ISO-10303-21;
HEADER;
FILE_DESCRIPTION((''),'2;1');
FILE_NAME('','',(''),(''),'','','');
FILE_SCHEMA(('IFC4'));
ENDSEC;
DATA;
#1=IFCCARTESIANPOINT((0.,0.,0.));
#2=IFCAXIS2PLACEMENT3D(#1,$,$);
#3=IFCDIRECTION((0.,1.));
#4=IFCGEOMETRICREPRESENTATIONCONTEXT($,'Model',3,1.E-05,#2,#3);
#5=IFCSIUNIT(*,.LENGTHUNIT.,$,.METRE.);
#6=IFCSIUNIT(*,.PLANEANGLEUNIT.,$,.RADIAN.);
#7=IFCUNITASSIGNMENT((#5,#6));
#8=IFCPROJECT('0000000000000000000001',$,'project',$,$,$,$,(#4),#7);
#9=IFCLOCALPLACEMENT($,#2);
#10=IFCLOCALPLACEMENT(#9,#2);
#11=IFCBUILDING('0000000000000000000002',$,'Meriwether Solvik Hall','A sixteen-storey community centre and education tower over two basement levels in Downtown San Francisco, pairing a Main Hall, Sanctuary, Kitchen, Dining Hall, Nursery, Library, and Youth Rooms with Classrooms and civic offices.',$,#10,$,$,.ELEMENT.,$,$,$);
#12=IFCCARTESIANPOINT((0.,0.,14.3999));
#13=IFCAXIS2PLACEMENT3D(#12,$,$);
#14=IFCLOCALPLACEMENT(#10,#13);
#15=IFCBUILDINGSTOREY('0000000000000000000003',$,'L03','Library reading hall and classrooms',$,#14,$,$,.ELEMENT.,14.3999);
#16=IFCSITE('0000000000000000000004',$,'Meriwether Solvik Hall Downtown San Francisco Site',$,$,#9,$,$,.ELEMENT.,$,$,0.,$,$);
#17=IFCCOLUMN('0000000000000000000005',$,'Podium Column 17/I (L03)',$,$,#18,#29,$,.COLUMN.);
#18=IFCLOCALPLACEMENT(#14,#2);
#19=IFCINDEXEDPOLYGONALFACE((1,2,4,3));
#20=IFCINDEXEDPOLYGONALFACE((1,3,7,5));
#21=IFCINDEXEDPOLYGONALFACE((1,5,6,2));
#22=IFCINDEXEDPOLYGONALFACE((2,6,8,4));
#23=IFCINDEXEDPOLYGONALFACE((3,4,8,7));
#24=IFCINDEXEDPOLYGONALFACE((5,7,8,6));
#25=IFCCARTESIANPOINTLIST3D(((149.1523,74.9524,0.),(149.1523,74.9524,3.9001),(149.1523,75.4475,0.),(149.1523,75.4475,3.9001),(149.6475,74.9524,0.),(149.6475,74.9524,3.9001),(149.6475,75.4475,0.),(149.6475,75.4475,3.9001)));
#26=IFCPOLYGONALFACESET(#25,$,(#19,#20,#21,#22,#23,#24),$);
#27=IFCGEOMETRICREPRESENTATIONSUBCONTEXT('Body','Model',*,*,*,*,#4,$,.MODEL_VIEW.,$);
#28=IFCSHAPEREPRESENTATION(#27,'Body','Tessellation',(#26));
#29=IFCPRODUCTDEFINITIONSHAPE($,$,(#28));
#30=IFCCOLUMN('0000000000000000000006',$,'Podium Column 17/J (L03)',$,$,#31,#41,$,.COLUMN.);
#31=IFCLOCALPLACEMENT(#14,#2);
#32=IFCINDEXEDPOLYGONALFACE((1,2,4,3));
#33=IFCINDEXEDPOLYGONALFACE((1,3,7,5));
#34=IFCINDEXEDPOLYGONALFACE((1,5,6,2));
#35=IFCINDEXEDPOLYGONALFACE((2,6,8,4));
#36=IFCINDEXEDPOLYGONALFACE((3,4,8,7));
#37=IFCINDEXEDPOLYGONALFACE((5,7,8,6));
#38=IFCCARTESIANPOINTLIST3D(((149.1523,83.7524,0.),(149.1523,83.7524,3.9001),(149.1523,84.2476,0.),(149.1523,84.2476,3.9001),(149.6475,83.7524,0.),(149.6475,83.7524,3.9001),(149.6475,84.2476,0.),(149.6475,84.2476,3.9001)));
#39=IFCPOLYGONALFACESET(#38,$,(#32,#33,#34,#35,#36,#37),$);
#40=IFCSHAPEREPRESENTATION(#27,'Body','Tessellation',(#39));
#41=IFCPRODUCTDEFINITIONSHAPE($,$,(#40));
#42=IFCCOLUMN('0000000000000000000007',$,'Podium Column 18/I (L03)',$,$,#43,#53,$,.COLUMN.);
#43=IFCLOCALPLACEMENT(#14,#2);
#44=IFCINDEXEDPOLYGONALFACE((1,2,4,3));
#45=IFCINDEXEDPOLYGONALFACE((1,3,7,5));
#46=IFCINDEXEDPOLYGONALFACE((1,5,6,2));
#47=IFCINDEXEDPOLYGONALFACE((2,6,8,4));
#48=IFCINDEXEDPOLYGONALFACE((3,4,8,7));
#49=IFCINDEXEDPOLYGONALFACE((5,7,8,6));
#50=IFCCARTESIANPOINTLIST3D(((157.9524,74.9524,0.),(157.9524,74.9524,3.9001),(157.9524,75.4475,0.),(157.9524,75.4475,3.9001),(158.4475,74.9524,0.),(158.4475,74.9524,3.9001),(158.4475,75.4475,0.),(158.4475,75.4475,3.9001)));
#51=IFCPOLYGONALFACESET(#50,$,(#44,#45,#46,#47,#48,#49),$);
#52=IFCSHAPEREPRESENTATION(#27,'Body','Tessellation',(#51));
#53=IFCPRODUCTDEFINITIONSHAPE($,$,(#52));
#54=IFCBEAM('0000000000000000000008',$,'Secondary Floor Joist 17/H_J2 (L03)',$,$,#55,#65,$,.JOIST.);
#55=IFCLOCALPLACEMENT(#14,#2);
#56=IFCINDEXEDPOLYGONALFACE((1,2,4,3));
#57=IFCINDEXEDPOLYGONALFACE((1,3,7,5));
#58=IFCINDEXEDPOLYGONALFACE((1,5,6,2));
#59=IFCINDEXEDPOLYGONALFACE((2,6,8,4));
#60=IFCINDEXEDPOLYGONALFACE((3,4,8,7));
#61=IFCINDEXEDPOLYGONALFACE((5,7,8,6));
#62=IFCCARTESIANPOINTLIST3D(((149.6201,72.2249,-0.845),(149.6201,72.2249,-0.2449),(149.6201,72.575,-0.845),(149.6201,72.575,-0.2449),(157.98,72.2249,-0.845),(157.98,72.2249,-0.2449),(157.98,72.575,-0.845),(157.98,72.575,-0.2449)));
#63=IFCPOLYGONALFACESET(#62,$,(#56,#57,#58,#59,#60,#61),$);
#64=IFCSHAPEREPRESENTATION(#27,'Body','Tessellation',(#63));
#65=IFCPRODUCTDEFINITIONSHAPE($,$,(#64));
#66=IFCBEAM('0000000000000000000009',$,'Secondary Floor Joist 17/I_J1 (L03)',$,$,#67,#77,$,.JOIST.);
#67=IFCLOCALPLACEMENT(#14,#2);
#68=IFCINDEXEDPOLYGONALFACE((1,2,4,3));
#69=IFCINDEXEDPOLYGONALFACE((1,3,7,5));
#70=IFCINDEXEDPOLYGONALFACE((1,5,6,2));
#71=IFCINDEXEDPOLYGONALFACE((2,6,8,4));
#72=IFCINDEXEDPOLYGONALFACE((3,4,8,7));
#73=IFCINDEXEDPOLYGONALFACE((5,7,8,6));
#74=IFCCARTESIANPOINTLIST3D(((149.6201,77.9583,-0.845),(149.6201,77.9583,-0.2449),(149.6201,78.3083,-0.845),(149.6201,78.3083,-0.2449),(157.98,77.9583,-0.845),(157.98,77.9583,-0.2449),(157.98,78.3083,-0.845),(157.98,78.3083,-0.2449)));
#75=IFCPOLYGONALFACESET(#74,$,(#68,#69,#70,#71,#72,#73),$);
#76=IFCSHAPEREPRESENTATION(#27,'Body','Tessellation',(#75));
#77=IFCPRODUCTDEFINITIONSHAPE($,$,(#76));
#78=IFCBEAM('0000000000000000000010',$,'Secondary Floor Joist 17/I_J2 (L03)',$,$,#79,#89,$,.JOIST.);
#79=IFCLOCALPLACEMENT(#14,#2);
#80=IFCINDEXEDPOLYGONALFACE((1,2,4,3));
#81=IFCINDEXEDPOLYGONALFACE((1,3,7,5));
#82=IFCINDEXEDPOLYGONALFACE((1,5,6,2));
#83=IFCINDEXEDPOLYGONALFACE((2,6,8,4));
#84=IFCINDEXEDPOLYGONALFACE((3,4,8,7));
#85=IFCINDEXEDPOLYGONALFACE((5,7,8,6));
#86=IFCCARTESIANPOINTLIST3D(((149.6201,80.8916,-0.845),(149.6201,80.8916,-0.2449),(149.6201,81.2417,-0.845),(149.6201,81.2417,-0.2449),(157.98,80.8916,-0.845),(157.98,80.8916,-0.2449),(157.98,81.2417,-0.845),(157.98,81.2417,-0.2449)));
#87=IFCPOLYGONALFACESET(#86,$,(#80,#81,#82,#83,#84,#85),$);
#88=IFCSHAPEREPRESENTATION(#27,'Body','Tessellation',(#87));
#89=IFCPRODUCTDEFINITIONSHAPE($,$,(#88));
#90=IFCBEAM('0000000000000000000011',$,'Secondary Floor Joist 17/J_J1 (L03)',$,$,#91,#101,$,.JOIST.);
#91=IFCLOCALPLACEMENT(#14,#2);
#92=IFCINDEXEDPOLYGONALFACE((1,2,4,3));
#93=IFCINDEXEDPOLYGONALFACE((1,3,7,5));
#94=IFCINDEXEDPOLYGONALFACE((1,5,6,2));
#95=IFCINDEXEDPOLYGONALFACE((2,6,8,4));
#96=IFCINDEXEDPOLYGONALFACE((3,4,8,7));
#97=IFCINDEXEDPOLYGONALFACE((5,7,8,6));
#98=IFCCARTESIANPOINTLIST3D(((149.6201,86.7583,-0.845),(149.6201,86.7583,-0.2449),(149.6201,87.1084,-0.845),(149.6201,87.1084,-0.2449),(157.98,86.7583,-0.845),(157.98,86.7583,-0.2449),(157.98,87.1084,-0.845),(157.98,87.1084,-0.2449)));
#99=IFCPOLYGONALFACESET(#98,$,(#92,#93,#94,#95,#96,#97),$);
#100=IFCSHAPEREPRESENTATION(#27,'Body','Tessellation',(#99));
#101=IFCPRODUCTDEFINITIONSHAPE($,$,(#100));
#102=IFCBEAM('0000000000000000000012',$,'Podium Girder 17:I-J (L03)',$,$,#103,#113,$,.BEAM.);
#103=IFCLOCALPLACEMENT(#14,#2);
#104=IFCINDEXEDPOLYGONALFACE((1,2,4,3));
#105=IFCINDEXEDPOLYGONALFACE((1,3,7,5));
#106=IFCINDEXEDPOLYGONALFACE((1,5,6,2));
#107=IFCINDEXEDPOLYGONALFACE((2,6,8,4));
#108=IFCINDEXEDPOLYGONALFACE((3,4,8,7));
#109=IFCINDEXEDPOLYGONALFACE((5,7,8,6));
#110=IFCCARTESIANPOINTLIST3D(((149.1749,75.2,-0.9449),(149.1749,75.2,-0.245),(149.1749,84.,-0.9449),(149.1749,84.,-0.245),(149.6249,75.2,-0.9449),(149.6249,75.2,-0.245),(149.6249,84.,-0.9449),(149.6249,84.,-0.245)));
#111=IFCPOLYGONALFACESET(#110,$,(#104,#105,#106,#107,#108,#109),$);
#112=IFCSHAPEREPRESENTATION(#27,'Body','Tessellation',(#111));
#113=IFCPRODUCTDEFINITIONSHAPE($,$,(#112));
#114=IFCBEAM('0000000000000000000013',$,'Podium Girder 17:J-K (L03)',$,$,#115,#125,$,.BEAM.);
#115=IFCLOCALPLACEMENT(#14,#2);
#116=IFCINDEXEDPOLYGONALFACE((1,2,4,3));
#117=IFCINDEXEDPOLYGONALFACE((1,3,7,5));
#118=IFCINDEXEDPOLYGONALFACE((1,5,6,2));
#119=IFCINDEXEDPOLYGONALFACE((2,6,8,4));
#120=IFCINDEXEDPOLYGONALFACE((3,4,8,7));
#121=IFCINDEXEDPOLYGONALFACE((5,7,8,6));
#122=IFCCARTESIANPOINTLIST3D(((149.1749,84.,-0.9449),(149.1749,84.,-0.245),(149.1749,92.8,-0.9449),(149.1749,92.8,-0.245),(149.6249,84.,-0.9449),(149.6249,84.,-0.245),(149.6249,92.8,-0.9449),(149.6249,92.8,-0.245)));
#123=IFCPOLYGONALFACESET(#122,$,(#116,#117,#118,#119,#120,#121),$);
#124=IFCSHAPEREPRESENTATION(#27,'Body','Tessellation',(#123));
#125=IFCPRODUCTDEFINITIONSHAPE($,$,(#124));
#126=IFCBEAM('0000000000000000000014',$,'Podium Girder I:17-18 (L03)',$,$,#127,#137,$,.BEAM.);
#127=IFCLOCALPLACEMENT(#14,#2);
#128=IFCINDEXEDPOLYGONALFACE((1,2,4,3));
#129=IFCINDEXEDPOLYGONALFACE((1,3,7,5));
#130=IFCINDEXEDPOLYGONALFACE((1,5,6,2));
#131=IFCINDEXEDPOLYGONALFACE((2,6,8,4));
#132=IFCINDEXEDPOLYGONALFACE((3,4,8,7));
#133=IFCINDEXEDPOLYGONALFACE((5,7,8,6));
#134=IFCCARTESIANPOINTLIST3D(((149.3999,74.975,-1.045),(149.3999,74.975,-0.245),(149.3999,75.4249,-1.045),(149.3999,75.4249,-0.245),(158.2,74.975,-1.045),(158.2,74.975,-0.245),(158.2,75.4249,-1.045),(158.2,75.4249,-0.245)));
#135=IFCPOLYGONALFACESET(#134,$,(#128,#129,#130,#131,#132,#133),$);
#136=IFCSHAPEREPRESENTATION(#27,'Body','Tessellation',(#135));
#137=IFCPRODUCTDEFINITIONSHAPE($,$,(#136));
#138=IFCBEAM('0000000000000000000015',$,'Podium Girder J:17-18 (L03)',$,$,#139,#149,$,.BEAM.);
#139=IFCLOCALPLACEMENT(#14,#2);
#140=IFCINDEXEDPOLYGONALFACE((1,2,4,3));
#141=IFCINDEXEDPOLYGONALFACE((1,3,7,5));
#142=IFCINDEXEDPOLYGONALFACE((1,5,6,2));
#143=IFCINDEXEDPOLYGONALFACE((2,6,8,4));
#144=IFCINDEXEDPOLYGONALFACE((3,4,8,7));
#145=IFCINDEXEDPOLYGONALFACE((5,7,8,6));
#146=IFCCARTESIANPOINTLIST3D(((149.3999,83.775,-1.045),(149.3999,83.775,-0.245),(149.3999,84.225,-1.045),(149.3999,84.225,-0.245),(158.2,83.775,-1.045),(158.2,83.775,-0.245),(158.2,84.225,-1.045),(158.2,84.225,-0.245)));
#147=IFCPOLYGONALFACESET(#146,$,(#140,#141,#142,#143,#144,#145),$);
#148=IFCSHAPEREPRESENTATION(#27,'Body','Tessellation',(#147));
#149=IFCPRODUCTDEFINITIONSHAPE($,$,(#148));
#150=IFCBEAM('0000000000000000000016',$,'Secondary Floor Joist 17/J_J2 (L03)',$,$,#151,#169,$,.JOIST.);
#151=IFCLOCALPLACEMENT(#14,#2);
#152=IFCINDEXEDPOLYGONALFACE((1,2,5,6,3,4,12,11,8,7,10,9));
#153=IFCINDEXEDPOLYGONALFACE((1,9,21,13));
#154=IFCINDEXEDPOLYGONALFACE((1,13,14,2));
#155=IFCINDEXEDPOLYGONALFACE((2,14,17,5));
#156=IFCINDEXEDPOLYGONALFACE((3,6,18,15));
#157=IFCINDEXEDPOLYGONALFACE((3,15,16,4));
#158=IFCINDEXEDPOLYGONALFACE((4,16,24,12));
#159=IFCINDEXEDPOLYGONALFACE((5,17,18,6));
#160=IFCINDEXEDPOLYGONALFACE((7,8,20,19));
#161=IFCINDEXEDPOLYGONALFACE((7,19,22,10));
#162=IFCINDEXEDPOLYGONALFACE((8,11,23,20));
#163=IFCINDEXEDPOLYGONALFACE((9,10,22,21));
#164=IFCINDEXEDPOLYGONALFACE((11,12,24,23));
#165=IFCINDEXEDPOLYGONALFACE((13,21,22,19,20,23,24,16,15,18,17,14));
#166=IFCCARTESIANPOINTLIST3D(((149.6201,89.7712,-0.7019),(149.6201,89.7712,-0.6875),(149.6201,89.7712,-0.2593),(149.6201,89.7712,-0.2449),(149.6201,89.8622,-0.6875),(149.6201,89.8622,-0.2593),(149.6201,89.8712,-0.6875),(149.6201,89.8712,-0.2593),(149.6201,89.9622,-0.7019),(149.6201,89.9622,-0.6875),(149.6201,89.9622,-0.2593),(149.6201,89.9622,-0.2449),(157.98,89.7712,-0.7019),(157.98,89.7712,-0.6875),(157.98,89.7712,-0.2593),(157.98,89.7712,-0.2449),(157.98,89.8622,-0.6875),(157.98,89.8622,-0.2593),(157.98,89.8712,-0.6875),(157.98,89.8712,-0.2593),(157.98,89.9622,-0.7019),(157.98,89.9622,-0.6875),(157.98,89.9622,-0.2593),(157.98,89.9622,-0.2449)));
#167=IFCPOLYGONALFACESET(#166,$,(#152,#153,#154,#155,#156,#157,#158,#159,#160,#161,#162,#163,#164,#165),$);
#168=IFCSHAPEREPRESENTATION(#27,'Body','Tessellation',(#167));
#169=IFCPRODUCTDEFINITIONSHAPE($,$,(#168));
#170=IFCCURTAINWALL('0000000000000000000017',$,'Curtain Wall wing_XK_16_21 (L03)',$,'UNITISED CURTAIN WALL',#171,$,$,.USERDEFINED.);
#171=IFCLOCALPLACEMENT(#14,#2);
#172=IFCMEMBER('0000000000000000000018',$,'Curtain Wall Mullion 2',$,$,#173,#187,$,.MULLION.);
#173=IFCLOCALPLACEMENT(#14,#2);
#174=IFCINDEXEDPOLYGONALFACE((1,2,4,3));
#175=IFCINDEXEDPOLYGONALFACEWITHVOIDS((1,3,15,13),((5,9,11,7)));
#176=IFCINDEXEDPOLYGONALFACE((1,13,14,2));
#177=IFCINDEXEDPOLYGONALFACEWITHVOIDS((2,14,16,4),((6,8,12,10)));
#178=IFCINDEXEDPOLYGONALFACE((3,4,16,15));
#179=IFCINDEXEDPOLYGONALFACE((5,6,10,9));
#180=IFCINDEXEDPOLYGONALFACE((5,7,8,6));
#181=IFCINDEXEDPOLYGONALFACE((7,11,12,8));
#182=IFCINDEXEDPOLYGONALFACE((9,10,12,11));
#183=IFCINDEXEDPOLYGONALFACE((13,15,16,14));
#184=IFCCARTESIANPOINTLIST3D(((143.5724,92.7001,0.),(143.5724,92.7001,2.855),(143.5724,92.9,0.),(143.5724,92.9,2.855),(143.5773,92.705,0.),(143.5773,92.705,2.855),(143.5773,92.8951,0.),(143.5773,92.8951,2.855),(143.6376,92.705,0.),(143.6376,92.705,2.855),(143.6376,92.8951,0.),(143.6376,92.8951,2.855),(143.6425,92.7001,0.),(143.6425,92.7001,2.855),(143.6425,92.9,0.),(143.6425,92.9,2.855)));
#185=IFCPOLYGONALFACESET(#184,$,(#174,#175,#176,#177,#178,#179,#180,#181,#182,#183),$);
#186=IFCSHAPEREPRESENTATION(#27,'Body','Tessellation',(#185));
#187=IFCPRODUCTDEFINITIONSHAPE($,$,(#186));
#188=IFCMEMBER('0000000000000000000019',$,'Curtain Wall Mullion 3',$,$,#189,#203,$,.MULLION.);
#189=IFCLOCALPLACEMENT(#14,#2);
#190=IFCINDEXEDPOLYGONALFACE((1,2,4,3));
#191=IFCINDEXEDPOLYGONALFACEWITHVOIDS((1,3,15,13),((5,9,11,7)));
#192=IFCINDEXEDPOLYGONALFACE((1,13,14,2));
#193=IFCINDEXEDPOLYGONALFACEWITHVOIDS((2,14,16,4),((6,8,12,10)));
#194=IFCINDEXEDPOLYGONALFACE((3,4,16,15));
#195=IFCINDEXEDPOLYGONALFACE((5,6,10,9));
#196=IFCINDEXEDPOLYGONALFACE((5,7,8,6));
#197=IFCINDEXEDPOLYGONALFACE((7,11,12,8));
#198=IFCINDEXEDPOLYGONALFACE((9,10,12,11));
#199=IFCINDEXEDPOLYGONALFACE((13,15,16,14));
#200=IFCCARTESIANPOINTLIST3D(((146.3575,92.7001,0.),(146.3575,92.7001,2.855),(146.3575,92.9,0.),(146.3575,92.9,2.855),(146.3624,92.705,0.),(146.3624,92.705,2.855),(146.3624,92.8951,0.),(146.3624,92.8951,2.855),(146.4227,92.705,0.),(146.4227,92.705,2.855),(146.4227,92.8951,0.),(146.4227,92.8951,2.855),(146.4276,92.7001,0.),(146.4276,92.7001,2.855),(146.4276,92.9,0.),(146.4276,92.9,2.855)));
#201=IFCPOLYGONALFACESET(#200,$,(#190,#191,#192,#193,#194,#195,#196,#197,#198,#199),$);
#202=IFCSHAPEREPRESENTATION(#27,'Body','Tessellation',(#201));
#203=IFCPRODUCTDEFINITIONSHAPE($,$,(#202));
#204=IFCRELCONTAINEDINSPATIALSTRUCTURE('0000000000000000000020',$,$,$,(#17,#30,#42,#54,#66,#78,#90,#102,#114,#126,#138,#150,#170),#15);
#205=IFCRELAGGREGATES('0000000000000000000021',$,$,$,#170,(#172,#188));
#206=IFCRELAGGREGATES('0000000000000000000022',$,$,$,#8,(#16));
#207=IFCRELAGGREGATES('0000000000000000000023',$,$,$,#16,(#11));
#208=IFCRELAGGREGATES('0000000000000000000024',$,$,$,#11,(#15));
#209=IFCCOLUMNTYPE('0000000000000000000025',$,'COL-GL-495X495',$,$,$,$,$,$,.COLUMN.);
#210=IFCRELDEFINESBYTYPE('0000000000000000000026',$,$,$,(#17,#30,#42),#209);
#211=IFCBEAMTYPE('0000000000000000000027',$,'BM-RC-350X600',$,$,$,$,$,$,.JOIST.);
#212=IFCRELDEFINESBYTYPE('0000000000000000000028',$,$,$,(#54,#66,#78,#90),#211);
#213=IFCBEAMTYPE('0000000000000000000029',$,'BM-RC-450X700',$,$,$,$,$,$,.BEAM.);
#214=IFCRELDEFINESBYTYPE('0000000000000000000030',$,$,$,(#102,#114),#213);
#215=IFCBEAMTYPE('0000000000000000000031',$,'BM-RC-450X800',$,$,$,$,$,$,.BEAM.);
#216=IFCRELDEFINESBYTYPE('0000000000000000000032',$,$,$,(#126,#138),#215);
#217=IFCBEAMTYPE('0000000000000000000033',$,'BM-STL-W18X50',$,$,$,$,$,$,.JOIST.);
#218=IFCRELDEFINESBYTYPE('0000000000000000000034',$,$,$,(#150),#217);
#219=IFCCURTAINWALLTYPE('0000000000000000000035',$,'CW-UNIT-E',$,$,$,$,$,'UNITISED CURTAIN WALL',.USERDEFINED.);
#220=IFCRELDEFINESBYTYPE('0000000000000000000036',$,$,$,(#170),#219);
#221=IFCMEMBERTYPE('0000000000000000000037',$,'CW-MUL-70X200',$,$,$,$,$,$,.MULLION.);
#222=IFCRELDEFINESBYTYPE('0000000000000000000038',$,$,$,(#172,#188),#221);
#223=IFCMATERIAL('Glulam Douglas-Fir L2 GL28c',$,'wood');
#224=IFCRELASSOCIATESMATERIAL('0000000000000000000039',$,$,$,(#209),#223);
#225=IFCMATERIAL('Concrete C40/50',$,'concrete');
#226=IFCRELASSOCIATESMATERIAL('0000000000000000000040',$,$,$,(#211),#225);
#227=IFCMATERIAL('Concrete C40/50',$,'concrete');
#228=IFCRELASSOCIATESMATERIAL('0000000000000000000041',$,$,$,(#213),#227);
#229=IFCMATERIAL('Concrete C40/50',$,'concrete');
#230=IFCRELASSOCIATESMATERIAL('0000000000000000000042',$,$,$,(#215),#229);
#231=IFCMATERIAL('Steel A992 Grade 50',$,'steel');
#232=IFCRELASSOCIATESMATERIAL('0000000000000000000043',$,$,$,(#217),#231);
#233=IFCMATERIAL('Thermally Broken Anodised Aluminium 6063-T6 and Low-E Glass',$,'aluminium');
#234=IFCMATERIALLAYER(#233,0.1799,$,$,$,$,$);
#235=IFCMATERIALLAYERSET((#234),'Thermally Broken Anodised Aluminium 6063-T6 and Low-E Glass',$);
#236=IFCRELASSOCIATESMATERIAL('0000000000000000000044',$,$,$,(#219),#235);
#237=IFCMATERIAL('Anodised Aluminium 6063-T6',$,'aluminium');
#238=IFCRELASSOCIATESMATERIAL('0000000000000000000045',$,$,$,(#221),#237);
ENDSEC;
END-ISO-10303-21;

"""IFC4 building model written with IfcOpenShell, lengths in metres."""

from ifc_helpers import new_model, si_unit, direction, frame, origin, origin_2d, place, context, subcontext, project, spatial, rectangle, hollow_rectangle, i_section, extrude, material, layer, layer_set, material_profile, profile_set, type_object, element, aggregate, save


model = new_model("IFC4")

# Units and contexts
model_context = context("Model", 3, precision=1e-05, world=origin(), true_north=direction((0.0, 1.0)))
body_context = subcontext(model_context, "Body", "Model", "MODEL_VIEW")
ifc_project = project(units=[si_unit("LENGTHUNIT", "METRE"), si_unit("PLANEANGLEUNIT", "RADIAN")], contexts=[model_context])

# Site, building, storey
site_placement = place(None, origin())
site = spatial("IfcSite", under=ifc_project, at=site_placement, Name="Meriwether Solvik Hall Downtown San Francisco Site", CompositionType="ELEMENT", RefElevation=0.0)
building_placement = place(site_placement, origin())
building = spatial("IfcBuilding", under=site, at=building_placement, Name="Meriwether Solvik Hall", Description="A sixteen-storey community centre and education tower over two basement levels in Downtown San Francisco, pairing a Main Hall, Sanctuary, Kitchen, Dining Hall, Nursery, Library, and Youth Rooms with Classrooms and civic offices.", CompositionType="ELEMENT")
storey_placement = place(building_placement, frame((0.0, 0.0, 14.3999)))
storey = spatial("IfcBuildingStorey", under=building, at=storey_placement, Name="L03", Description="Library reading hall and classrooms", CompositionType="ELEMENT", Elevation=14.3999)

# Columns
ifc_material_1 = material(Name="Glulam Douglas-Fir L2 GL28c", Category="wood")
ifc_material_profile_1 = material_profile(ifc_material_1, rectangle(XDim=0.4951, YDim=0.4951, at=origin_2d()), Name="GLC-495X495")
ifc_profile_set_1 = profile_set([ifc_material_profile_1], Name="Glulam Douglas-Fir L2 GL28c")
column_type = type_object("IfcColumnType", Name="COL-GL-495X495", PredefinedType="COLUMN", material=ifc_profile_set_1)
for number, where, z_axis, x_axis, name in (
    (1, (149.3999, 75.2, 0.0), (0.0, 0.0, 1.0), (1.0, 0.0, 0.0), "Podium Column 17/I (L03)"),
    (2, (149.3999, 84.0, 0.0), (0.0, 0.0, 1.0), (1.0, 0.0, 0.0), "Podium Column 17/J (L03)"),
    (3, (158.2, 75.2, 0.0), (0.0, 0.0, 1.0), (1.0, 0.0, 0.0), "Podium Column 18/I (L03)"),
):
    element("IfcColumn", number, at=place(storey_placement, frame(where, z_axis=z_axis, x_axis=x_axis)), inside=storey, type_object=column_type, Name=name, PredefinedType="COLUMN", context=body_context, shape_type="SweptSolid", body=[
        extrude(rectangle(XDim=0.4951, YDim=0.4951, at=origin_2d()), origin(), (0.0, 0.0, 1.0), 3.9001),
    ])

# Beams
ifc_material_2 = material(Name="Concrete C40/50", Category="concrete")
ifc_material_profile_2 = material_profile(ifc_material_2, rectangle(XDim=0.3501, YDim=0.6001, at=origin_2d()), Name="RCB-350X600")
ifc_profile_set_2 = profile_set([ifc_material_profile_2], Name="Concrete C40/50")
beam_type_1 = type_object("IfcBeamType", Name="BM-RC-350X600", PredefinedType="JOIST", material=ifc_profile_set_2)
for number, where, z_axis, x_axis, name in (
    (4, (149.6201, 72.3999, -0.5449), (1.0, 0.0, 0.0), (0.0, 1.0, 0.0), "Secondary Floor Joist 17/H_J2 (L03)"),
    (5, (149.6201, 78.1333, -0.5449), (1.0, 0.0, 0.0), (0.0, 1.0, 0.0), "Secondary Floor Joist 17/I_J1 (L03)"),
    (6, (149.6201, 81.0667, -0.5449), (1.0, 0.0, 0.0), (0.0, 1.0, 0.0), "Secondary Floor Joist 17/I_J2 (L03)"),
    (7, (149.6201, 86.9333, -0.5449), (1.0, 0.0, 0.0), (0.0, 1.0, 0.0), "Secondary Floor Joist 17/J_J1 (L03)"),
):
    element("IfcBeam", number, at=place(storey_placement, frame(where, z_axis=z_axis, x_axis=x_axis)), inside=storey, type_object=beam_type_1, Name=name, PredefinedType="JOIST", context=body_context, shape_type="SweptSolid", body=[
        extrude(rectangle(XDim=0.3501, YDim=0.6001, at=origin_2d()), origin(), (0.0, 0.0, 1.0), 8.3599),
    ])
ifc_material_3 = material(Name="Concrete C40/50", Category="concrete")
ifc_material_profile_3 = material_profile(ifc_material_3, rectangle(XDim=0.45, YDim=0.7, at=origin_2d()), Name="RCB-450X700")
ifc_profile_set_3 = profile_set([ifc_material_profile_3], Name="Concrete C40/50")
beam_type_2 = type_object("IfcBeamType", Name="BM-RC-450X700", PredefinedType="BEAM", material=ifc_profile_set_3)
for number, where, z_axis, x_axis, name in (
    (8, (149.3999, 75.2, -0.595), (0.0, 1.0, 0.0), (-1.0, 0.0, 0.0), "Podium Girder 17:I-J (L03)"),
    (9, (149.3999, 84.0, -0.595), (0.0, 1.0, 0.0), (-1.0, 0.0, 0.0), "Podium Girder 17:J-K (L03)"),
):
    element("IfcBeam", number, at=place(storey_placement, frame(where, z_axis=z_axis, x_axis=x_axis)), inside=storey, type_object=beam_type_2, Name=name, PredefinedType="BEAM", context=body_context, shape_type="SweptSolid", body=[
        extrude(rectangle(XDim=0.45, YDim=0.7, at=origin_2d()), origin(), (0.0, 0.0, 1.0), 8.8),
    ])
ifc_material_4 = material(Name="Concrete C40/50", Category="concrete")
ifc_material_profile_4 = material_profile(ifc_material_4, rectangle(XDim=0.45, YDim=0.8, at=origin_2d()), Name="RCB-450X800")
ifc_profile_set_4 = profile_set([ifc_material_profile_4], Name="Concrete C40/50")
beam_type_3 = type_object("IfcBeamType", Name="BM-RC-450X800", PredefinedType="BEAM", material=ifc_profile_set_4)
for number, where, z_axis, x_axis, name in (
    (10, (149.3999, 75.2, -0.645), (1.0, 0.0, 0.0), (0.0, 1.0, 0.0), "Podium Girder I:17-18 (L03)"),
    (11, (149.3999, 84.0, -0.645), (1.0, 0.0, 0.0), (0.0, 1.0, 0.0), "Podium Girder J:17-18 (L03)"),
):
    element("IfcBeam", number, at=place(storey_placement, frame(where, z_axis=z_axis, x_axis=x_axis)), inside=storey, type_object=beam_type_3, Name=name, PredefinedType="BEAM", context=body_context, shape_type="SweptSolid", body=[
        extrude(rectangle(XDim=0.45, YDim=0.8, at=origin_2d()), origin(), (0.0, 0.0, 1.0), 8.8),
    ])
ifc_material_5 = material(Name="Steel A992 Grade 50", Category="steel")
ifc_material_profile_5 = material_profile(ifc_material_5, i_section(OverallWidth=0.1909, OverallDepth=0.457, WebThickness=0.009, FlangeThickness=0.0144, at=origin_2d()), Name="W18X50")
ifc_profile_set_5 = profile_set([ifc_material_profile_5], Name="Steel A992 Grade 50")
beam_type_4 = type_object("IfcBeamType", Name="BM-STL-W18X50", PredefinedType="JOIST", material=ifc_profile_set_5)
beam_placement = place(storey_placement, frame((149.6201, 89.8667, -0.4734), z_axis=(1.0, 0.0, 0.0), x_axis=(0.0, 1.0, 0.0)))
element("IfcBeam", 12, at=beam_placement, inside=storey, type_object=beam_type_4, Name="Secondary Floor Joist 17/J_J2 (L03)", PredefinedType="JOIST", context=body_context, shape_type="SweptSolid", body=[
    extrude(i_section(OverallWidth=0.1909, OverallDepth=0.457, WebThickness=0.009, FlangeThickness=0.0144, at=origin_2d()), origin(), (0.0, 0.0, 1.0), 8.3599),
])

# Curtain wall, members
ifc_material_6 = material(Name="Thermally Broken Anodised Aluminium 6063-T6 and Low-E Glass", Category="aluminium")
ifc_layer_1 = layer(ifc_material_6, 0.1799)
ifc_layer_set_1 = layer_set([ifc_layer_1], Name="Thermally Broken Anodised Aluminium 6063-T6 and Low-E Glass")
curtain_wall_type = type_object("IfcCurtainWallType", Name="CW-UNIT-E", ElementType="UNITISED CURTAIN WALL", PredefinedType="USERDEFINED", material=ifc_layer_set_1)
curtain_wall_placement = place(storey_placement, origin())
curtain_wall = element("IfcCurtainWall", 13, at=curtain_wall_placement, inside=storey, type_object=curtain_wall_type, Name="Curtain Wall wing_XK_16_21 (L03)", ObjectType="UNITISED CURTAIN WALL", PredefinedType="USERDEFINED")
ifc_material_7 = material(Name="Anodised Aluminium 6063-T6", Category="aluminium")
ifc_material_profile_6 = material_profile(ifc_material_7, hollow_rectangle(XDim=0.0701, YDim=0.2, WallThickness=0.0049, at=origin_2d()), Name="CWM-70X200")
ifc_profile_set_6 = profile_set([ifc_material_profile_6], Name="Anodised Aluminium 6063-T6")
member_type_1 = type_object("IfcMemberType", Name="CW-MUL-70X200", PredefinedType="MULLION", material=ifc_profile_set_6)
member_1_placement = place(storey_placement, frame((143.6074, 92.8, 0.0), z_axis=(0.0, 0.0, 1.0), x_axis=(1.0, 0.0, 0.0)))
member_1 = element("IfcMember", 14, at=member_1_placement, type_object=member_type_1, Name="Curtain Wall Mullion 2", PredefinedType="MULLION", context=body_context, shape_type="SweptSolid", body=[
    extrude(hollow_rectangle(XDim=0.0701, YDim=0.2, WallThickness=0.0049, at=origin_2d()), origin(), (0.0, 0.0, 1.0), 2.855),
])
member_2_placement = place(storey_placement, frame((146.3926, 92.8, 0.0), z_axis=(0.0, 0.0, 1.0), x_axis=(1.0, 0.0, 0.0)))
member_2 = element("IfcMember", 15, at=member_2_placement, type_object=member_type_1, Name="Curtain Wall Mullion 3", PredefinedType="MULLION", context=body_context, shape_type="SweptSolid", body=[
    extrude(hollow_rectangle(XDim=0.0701, YDim=0.2, WallThickness=0.0049, at=origin_2d()), origin(), (0.0, 0.0, 1.0), 2.855),
])
aggregate(curtain_wall, [member_1, member_2])

save(model, "model.ifc")
